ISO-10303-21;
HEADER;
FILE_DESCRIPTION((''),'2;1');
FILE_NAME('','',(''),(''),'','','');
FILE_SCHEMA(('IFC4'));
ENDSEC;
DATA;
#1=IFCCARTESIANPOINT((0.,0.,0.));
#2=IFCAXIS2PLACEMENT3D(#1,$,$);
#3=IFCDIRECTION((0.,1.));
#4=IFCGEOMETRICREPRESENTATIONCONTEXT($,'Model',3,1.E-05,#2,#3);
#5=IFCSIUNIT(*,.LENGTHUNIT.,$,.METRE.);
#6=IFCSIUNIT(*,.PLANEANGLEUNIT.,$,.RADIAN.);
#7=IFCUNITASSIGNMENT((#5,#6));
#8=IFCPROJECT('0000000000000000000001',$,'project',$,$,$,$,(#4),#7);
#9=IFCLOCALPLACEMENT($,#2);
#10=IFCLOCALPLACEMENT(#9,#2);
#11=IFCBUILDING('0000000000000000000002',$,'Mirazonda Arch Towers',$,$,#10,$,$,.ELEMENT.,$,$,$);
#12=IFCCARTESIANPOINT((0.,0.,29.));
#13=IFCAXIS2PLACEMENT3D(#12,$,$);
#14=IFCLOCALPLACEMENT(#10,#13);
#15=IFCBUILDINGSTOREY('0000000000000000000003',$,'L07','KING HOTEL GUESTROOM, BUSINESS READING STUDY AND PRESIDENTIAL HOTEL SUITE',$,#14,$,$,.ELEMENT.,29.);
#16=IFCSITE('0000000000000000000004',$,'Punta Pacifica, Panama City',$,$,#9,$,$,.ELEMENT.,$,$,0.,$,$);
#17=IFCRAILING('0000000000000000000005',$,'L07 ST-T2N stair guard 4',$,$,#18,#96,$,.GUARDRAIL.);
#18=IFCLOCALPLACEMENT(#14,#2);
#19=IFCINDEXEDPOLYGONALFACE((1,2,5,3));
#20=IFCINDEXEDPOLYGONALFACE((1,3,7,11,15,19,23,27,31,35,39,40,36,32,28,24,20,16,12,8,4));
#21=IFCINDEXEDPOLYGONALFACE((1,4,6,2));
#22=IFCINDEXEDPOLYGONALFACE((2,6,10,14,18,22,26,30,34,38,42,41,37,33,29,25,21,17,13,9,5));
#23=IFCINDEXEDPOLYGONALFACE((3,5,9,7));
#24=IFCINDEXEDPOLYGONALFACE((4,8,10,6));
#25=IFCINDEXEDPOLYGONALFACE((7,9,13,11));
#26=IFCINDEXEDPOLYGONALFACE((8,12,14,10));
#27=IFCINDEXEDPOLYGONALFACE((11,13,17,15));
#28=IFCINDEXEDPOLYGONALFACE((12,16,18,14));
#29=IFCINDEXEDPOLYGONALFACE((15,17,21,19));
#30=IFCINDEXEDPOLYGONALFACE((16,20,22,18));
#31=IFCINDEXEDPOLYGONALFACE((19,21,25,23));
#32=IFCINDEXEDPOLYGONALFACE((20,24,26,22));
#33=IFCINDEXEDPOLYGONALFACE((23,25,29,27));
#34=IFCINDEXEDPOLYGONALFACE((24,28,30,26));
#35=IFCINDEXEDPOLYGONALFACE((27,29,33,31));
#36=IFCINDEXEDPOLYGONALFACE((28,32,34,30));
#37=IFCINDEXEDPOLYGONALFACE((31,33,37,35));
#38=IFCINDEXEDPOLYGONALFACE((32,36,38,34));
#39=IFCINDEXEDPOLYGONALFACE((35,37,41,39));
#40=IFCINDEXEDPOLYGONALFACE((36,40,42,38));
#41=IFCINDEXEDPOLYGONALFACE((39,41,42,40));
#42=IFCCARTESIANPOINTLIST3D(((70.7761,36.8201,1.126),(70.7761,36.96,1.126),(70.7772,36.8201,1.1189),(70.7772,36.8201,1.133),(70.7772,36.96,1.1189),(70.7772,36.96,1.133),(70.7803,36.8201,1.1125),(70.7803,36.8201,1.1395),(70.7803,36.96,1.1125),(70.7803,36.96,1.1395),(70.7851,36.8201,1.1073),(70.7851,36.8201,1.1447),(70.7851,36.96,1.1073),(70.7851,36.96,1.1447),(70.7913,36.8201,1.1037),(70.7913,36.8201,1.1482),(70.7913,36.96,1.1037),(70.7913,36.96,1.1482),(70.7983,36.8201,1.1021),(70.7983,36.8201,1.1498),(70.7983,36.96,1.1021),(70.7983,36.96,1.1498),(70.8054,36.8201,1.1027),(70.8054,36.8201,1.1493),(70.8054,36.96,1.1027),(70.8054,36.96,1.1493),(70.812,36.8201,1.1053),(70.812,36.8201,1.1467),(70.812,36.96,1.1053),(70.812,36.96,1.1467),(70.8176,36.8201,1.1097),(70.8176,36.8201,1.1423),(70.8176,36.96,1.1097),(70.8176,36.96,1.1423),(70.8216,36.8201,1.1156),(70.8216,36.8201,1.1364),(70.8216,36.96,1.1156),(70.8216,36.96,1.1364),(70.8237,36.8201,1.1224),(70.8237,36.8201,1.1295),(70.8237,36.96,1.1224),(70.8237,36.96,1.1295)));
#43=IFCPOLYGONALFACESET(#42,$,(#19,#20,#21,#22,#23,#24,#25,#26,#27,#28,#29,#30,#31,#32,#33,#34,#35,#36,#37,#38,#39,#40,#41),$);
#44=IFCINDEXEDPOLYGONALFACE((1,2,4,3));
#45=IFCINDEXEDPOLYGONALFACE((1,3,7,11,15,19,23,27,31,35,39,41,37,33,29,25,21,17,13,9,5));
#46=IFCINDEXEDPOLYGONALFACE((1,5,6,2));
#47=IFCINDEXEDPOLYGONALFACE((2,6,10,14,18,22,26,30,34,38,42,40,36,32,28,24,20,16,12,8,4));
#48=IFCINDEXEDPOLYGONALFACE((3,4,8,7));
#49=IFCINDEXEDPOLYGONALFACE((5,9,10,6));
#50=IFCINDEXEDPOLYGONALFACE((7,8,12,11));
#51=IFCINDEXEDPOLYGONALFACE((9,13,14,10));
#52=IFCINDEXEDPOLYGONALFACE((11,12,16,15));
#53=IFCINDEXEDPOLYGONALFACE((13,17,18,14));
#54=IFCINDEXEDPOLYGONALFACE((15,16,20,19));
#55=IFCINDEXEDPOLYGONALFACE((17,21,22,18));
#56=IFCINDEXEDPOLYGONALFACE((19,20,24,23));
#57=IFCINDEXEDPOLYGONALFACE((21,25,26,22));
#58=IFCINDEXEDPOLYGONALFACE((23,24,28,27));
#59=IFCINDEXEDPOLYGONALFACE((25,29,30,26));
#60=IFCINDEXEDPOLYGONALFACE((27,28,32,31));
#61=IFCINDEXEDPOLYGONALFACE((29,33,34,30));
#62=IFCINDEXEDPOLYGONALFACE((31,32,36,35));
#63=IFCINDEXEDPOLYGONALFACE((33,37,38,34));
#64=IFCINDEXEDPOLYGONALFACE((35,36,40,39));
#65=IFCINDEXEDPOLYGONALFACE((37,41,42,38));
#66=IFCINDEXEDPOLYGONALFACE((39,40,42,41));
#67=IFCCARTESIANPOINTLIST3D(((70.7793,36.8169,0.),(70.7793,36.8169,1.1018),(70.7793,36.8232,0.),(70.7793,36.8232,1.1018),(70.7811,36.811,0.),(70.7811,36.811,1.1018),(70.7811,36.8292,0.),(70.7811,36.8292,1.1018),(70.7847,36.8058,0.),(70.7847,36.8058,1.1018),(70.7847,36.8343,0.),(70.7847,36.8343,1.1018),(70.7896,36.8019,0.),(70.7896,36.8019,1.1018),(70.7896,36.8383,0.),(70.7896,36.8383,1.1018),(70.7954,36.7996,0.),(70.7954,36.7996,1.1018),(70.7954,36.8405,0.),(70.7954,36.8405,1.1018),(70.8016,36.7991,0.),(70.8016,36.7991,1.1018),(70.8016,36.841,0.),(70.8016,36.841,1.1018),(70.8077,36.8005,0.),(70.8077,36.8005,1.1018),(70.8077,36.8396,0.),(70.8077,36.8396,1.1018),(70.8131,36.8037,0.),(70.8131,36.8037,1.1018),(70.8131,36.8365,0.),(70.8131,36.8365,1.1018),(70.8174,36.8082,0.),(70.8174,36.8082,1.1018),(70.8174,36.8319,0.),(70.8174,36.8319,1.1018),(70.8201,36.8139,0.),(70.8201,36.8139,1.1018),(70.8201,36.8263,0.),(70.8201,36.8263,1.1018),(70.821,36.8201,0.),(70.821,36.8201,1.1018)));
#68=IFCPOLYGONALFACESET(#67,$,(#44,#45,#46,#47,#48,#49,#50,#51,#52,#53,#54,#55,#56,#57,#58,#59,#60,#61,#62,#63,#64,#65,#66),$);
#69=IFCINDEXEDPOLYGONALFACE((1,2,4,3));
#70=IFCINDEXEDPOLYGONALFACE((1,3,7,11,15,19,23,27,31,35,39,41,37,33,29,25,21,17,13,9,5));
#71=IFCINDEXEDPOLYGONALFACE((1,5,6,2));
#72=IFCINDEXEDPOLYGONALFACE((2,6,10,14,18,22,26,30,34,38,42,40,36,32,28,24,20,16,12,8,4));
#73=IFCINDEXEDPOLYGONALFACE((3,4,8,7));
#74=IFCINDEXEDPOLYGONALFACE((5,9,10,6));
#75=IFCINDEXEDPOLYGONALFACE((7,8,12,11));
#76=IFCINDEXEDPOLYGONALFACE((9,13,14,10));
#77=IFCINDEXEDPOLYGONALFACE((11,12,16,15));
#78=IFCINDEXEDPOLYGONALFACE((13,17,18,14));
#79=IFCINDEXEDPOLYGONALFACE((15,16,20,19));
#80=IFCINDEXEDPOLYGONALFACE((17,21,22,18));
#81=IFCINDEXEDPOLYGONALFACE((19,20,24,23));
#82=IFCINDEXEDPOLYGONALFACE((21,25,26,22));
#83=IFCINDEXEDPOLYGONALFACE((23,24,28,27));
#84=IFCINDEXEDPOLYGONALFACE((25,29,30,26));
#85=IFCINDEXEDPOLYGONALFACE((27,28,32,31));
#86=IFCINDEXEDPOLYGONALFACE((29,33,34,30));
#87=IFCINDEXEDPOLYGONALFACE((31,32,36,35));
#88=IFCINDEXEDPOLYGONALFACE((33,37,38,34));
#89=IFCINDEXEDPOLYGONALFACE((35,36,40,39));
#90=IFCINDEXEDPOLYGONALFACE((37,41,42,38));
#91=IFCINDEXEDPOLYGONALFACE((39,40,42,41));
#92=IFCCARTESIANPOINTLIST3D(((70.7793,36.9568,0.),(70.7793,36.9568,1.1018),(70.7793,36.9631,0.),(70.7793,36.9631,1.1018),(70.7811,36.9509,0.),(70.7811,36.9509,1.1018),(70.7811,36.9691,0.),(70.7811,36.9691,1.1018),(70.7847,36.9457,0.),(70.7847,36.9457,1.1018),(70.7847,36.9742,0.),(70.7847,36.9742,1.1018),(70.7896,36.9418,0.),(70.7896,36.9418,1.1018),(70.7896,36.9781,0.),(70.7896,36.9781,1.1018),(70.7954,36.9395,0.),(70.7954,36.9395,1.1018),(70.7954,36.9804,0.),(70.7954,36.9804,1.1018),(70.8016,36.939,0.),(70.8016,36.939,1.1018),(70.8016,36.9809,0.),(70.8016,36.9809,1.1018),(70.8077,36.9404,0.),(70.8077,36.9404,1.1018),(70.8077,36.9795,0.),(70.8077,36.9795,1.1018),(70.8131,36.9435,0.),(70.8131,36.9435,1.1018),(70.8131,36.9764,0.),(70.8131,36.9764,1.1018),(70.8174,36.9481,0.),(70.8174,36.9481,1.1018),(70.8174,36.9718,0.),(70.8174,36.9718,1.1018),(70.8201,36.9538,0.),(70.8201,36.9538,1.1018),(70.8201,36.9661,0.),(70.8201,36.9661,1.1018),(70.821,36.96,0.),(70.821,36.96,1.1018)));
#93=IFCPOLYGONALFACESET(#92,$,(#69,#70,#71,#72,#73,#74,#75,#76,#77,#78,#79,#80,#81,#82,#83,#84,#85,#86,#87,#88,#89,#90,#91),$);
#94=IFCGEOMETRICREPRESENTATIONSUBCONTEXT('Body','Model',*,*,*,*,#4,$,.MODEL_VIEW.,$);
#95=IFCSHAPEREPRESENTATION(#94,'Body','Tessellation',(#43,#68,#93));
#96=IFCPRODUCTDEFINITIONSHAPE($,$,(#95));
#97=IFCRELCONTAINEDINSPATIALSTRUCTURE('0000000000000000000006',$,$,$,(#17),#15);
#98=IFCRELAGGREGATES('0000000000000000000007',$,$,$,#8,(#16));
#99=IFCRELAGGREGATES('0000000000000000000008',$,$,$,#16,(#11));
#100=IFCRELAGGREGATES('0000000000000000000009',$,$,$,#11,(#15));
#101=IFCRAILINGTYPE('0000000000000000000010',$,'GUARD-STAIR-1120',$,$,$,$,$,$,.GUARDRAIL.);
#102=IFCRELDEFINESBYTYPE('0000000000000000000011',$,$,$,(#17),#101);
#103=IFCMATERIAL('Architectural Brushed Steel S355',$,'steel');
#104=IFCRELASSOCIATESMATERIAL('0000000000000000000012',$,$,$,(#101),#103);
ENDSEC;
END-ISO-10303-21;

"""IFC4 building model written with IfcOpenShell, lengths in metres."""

from ifc_helpers import new_model, si_unit, direction, frame, origin, origin_2d, place, context, subcontext, project, spatial, circle, extrude, material, type_object, element, save


model = new_model("IFC4")

# Units and contexts
model_context = context("Model", 3, precision=1e-05, world=origin(), true_north=direction((0.0, 1.0)))
body_context = subcontext(model_context, "Body", "Model", "MODEL_VIEW")
ifc_project = project(units=[si_unit("LENGTHUNIT", "METRE"), si_unit("PLANEANGLEUNIT", "RADIAN")], contexts=[model_context])

# Site, building, storey
site_placement = place(None, origin())
site = spatial("IfcSite", under=ifc_project, at=site_placement, Name="Punta Pacifica, Panama City", CompositionType="ELEMENT", RefElevation=0.0)
building_placement = place(site_placement, origin())
building = spatial("IfcBuilding", under=site, at=building_placement, Name="Mirazonda Arch Towers", CompositionType="ELEMENT")
storey_placement = place(building_placement, frame((0.0, 0.0, 29.0)))
storey = spatial("IfcBuildingStorey", under=building, at=storey_placement, Name="L07", Description="KING HOTEL GUESTROOM, BUSINESS READING STUDY AND PRESIDENTIAL HOTEL SUITE", CompositionType="ELEMENT", Elevation=29.0)

# Railing
ifc_material_1 = material(Name="Architectural Brushed Steel S355", Category="steel")
railing_type = type_object("IfcRailingType", Name="GUARD-STAIR-1120", PredefinedType="GUARDRAIL", material=ifc_material_1)
railing_1_placement = place(storey_placement, frame((70.8, 36.8201, 0.0)))
element("IfcRailing", 1, at=railing_1_placement, inside=storey, type_object=railing_type, Name="L07 ST-T2N stair guard 4", PredefinedType="GUARDRAIL", context=body_context, shape_type="SweptSolid", body=[
    extrude(circle(Radius=0.0239, at=origin_2d()), frame((0.0, 0.0, 1.126), z_axis=(0.0, 1.0, 0.0), x_axis=(-1.0, 0.0, 0.0)), (0.0, 0.0, 1.0), 0.1399),
    extrude(circle(Radius=0.021, at=origin_2d()), origin(), (0.0, 0.0, 1.0), 1.1018),
    extrude(circle(Radius=0.021, at=origin_2d()), frame((0.0, 0.1399, 0.0)), (0.0, 0.0, 1.0), 1.1018),
])

save(model, "model.ifc")
